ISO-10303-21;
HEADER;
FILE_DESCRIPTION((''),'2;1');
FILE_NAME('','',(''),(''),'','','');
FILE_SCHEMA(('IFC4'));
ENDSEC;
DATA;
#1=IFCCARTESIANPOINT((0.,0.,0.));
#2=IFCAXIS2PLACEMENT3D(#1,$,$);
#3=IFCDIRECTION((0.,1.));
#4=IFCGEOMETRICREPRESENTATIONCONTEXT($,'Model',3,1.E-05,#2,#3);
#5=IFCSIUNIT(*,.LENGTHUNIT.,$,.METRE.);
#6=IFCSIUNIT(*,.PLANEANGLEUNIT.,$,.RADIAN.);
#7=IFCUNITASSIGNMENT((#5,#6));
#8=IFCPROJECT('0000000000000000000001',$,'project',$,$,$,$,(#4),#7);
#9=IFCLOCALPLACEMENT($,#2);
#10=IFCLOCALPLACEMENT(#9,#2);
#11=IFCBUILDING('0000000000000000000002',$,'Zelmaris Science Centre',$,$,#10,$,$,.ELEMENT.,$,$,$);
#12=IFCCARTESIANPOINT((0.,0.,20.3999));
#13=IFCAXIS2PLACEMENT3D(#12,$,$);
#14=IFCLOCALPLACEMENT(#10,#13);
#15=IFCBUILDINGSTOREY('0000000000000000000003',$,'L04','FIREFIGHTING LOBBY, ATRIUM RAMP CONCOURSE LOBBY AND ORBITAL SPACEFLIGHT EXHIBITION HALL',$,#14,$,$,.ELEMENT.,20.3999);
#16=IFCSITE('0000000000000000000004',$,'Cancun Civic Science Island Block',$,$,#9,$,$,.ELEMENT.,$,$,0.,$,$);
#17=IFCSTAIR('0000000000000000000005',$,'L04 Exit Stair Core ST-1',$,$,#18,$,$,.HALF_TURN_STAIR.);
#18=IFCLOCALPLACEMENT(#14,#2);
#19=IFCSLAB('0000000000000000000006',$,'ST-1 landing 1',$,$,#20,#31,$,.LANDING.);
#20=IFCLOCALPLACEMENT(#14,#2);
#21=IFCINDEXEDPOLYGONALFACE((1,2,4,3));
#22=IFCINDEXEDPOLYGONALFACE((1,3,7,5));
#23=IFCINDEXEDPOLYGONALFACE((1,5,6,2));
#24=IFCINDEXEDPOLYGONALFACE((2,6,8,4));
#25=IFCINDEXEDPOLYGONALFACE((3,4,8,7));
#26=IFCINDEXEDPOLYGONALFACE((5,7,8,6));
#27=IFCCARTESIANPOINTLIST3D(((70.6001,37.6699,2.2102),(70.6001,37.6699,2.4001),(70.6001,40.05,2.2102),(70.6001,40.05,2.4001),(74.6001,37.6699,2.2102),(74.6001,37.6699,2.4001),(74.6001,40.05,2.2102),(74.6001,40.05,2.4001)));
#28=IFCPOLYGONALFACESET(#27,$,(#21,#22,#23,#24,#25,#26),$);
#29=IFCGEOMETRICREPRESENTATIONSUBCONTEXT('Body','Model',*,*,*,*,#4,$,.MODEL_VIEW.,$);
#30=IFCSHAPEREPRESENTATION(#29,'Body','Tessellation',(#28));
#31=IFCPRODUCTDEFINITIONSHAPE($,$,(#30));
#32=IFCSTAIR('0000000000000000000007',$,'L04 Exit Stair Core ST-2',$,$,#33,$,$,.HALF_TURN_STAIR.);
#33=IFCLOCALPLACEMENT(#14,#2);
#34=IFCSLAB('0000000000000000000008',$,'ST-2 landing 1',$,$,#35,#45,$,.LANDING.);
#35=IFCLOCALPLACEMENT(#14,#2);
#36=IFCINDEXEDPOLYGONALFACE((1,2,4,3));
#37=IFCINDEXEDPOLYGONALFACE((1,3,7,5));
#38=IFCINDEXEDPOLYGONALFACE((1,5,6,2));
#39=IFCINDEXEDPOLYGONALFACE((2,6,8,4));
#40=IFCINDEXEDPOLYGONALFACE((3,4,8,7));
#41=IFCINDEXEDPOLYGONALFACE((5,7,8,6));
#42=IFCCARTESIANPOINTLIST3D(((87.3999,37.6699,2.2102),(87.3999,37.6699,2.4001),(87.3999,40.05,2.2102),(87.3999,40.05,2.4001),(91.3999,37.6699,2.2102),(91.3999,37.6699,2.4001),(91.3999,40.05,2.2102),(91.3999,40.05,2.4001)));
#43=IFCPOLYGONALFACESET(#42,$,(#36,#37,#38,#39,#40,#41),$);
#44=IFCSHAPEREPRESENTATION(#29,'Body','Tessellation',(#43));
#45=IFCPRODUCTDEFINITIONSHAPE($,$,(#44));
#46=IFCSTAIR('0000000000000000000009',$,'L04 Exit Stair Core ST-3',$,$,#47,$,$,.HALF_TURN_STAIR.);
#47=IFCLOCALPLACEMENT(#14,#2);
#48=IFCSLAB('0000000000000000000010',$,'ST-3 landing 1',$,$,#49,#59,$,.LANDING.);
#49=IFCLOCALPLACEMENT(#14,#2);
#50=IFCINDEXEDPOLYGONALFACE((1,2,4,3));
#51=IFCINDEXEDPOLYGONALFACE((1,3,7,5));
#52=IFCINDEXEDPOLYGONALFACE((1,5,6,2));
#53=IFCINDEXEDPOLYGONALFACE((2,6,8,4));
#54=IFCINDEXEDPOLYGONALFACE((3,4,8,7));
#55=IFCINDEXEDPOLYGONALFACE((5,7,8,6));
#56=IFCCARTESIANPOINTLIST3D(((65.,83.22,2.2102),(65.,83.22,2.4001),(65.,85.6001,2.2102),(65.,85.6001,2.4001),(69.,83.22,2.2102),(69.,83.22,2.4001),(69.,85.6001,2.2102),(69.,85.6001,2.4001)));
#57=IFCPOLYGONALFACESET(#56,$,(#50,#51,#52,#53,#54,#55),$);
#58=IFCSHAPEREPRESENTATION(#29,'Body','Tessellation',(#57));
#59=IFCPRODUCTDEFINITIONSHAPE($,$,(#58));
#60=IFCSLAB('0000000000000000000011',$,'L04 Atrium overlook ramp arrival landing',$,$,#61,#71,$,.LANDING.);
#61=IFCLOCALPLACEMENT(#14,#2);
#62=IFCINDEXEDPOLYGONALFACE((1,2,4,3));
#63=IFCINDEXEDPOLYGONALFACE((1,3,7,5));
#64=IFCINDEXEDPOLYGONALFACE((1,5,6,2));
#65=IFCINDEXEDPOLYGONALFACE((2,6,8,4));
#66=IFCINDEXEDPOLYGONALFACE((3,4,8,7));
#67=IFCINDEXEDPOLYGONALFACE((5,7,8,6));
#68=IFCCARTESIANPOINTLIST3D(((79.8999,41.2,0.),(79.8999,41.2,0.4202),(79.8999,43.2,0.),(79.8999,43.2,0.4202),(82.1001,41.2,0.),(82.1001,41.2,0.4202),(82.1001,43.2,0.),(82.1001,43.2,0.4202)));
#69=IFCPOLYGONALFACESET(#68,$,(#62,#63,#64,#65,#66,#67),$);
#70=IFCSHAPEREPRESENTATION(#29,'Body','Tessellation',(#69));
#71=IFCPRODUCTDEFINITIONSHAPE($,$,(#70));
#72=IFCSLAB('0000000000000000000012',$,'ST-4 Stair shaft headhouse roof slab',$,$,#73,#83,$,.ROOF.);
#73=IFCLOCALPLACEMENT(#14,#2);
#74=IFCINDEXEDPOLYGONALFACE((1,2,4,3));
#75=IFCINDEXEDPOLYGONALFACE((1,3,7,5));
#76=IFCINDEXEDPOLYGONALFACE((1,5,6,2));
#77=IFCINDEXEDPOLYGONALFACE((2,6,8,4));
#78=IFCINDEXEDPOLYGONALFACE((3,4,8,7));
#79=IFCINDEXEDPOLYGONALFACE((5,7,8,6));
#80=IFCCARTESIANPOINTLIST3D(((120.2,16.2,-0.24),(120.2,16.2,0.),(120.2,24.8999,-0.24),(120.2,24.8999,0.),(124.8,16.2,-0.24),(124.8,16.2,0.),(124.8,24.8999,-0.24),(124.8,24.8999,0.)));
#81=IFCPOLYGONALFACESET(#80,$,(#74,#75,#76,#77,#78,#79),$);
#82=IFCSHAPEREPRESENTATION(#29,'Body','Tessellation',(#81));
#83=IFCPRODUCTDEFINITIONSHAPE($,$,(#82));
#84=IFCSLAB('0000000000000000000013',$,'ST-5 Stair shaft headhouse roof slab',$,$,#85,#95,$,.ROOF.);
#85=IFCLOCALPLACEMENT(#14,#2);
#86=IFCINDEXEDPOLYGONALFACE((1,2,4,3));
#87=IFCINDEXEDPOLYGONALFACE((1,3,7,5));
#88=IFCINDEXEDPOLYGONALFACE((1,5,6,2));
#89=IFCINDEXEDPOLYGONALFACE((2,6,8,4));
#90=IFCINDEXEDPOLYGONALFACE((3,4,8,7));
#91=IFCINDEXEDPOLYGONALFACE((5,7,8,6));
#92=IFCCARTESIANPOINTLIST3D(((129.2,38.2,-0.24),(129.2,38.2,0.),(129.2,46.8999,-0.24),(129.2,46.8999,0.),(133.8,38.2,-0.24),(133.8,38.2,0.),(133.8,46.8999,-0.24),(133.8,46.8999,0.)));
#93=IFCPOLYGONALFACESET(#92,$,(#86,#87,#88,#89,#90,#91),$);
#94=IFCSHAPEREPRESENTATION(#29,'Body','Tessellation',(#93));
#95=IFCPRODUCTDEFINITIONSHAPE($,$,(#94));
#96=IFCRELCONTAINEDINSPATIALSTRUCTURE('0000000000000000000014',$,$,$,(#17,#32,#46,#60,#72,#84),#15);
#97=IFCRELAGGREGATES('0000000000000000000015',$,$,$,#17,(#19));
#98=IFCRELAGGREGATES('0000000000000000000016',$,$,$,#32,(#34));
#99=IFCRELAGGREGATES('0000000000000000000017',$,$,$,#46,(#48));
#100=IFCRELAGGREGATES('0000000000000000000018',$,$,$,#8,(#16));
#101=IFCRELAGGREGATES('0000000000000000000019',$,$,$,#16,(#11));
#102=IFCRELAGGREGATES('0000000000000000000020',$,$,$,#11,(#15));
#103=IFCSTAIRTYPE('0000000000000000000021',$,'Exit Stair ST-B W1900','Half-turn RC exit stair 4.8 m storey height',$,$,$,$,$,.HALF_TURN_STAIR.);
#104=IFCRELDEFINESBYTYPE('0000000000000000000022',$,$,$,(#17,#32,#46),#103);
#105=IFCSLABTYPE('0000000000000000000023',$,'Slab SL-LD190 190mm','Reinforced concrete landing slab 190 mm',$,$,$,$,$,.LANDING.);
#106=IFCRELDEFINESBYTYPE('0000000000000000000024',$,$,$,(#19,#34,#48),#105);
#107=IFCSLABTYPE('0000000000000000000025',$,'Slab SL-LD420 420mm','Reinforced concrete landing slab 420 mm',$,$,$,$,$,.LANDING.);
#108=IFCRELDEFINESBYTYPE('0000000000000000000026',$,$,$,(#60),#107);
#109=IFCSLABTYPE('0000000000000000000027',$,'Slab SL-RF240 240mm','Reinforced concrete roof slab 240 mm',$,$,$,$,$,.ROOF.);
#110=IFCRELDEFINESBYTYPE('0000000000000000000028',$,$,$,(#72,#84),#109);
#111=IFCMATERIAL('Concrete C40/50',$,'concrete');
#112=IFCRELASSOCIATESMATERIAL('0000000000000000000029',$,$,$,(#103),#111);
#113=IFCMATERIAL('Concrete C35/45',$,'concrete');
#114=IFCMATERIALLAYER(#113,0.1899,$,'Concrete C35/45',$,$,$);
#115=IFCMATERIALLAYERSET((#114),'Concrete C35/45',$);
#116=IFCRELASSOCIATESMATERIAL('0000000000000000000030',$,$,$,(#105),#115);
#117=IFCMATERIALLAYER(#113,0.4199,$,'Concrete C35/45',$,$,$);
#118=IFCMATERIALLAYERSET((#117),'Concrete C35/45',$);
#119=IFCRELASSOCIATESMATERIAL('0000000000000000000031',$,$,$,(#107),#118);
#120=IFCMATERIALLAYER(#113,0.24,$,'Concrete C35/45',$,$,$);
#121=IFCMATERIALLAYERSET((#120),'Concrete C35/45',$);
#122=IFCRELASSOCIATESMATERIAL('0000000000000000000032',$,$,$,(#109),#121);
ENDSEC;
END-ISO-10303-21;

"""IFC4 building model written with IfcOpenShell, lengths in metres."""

from ifc_helpers import new_model, si_unit, direction, frame, origin, place, context, subcontext, project, spatial, polyline, outline, extrude, material, layer, layer_set, type_object, element, aggregate, save


model = new_model("IFC4")

# Units and contexts
model_context = context("Model", 3, precision=1e-05, world=origin(), true_north=direction((0.0, 1.0)))
body_context = subcontext(model_context, "Body", "Model", "MODEL_VIEW")
ifc_project = project(units=[si_unit("LENGTHUNIT", "METRE"), si_unit("PLANEANGLEUNIT", "RADIAN")], contexts=[model_context])

# Site, building, storey
site_placement = place(None, origin())
site = spatial("IfcSite", under=ifc_project, at=site_placement, Name="Cancun Civic Science Island Block", CompositionType="ELEMENT", RefElevation=0.0)
building_placement = place(site_placement, origin())
building = spatial("IfcBuilding", under=site, at=building_placement, Name="Zelmaris Science Centre", CompositionType="ELEMENT")
storey_placement = place(building_placement, frame((0.0, 0.0, 20.3999)))
storey = spatial("IfcBuildingStorey", under=building, at=storey_placement, Name="L04", Description="FIREFIGHTING LOBBY, ATRIUM RAMP CONCOURSE LOBBY AND ORBITAL SPACEFLIGHT EXHIBITION HALL", CompositionType="ELEMENT", Elevation=20.3999)

# Stairs, slabs
ifc_material_1 = material(Name="Concrete C40/50", Category="concrete")
stair_type = type_object("IfcStairType", Name="Exit Stair ST-B W1900", Description="Half-turn RC exit stair 4.8 m storey height", PredefinedType="HALF_TURN_STAIR", material=ifc_material_1)
stair_1_placement = place(storey_placement, origin())
stair_1 = element("IfcStair", 1, at=stair_1_placement, inside=storey, type_object=stair_type, Name="L04 Exit Stair Core ST-1", PredefinedType="HALF_TURN_STAIR")
ifc_material_2 = material(Name="Concrete C35/45", Category="concrete")
ifc_layer_1 = layer(ifc_material_2, 0.1899, Name="Concrete C35/45")
ifc_layer_set_1 = layer_set([ifc_layer_1], Name="Concrete C35/45")
slab_type_1 = type_object("IfcSlabType", Name="Slab SL-LD190 190mm", Description="Reinforced concrete landing slab 190 mm", PredefinedType="LANDING", material=ifc_layer_set_1)
slab_1_placement = place(storey_placement, frame((0.0, 0.0, 2.2102)))
slab_1 = element("IfcSlab", 2, at=slab_1_placement, type_object=slab_type_1, Name="ST-1 landing 1", PredefinedType="LANDING", context=body_context, shape_type="SweptSolid", body=[
    extrude(outline(polyline([(74.6001, 37.6699), (74.6001, 40.05), (70.6001, 40.05), (70.6001, 37.6699), (74.6001, 37.6699)])), origin(), (0.0, 0.0, 1.0), 0.1899),
])
aggregate(stair_1, [slab_1])
stair_2_placement = place(storey_placement, origin())
stair_2 = element("IfcStair", 3, at=stair_2_placement, inside=storey, type_object=stair_type, Name="L04 Exit Stair Core ST-2", PredefinedType="HALF_TURN_STAIR")
slab_2_placement = place(storey_placement, frame((0.0, 0.0, 2.2102)))
slab_2 = element("IfcSlab", 4, at=slab_2_placement, type_object=slab_type_1, Name="ST-2 landing 1", PredefinedType="LANDING", context=body_context, shape_type="SweptSolid", body=[
    extrude(outline(polyline([(91.3999, 37.6699), (91.3999, 40.05), (87.3999, 40.05), (87.3999, 37.6699), (91.3999, 37.6699)])), origin(), (0.0, 0.0, 1.0), 0.1899),
])
aggregate(stair_2, [slab_2])
stair_3_placement = place(storey_placement, origin())
stair_3 = element("IfcStair", 5, at=stair_3_placement, inside=storey, type_object=stair_type, Name="L04 Exit Stair Core ST-3", PredefinedType="HALF_TURN_STAIR")
slab_3_placement = place(storey_placement, frame((0.0, 0.0, 2.2102)))
slab_3 = element("IfcSlab", 6, at=slab_3_placement, type_object=slab_type_1, Name="ST-3 landing 1", PredefinedType="LANDING", context=body_context, shape_type="SweptSolid", body=[
    extrude(outline(polyline([(69.0, 83.22), (69.0, 85.6001), (65.0, 85.6001), (65.0, 83.22), (69.0, 83.22)])), origin(), (0.0, 0.0, 1.0), 0.1899),
])
aggregate(stair_3, [slab_3])

# Slabs
ifc_layer_2 = layer(ifc_material_2, 0.4199, Name="Concrete C35/45")
ifc_layer_set_2 = layer_set([ifc_layer_2], Name="Concrete C35/45")
slab_type_2 = type_object("IfcSlabType", Name="Slab SL-LD420 420mm", Description="Reinforced concrete landing slab 420 mm", PredefinedType="LANDING", material=ifc_layer_set_2)
slab_4_placement = place(storey_placement, origin())
element("IfcSlab", 7, at=slab_4_placement, inside=storey, type_object=slab_type_2, Name="L04 Atrium overlook ramp arrival landing", PredefinedType="LANDING", context=body_context, shape_type="SweptSolid", body=[
    extrude(outline(polyline([(79.8999, 41.2), (82.1001, 41.2), (82.1001, 43.2), (79.8999, 43.2), (79.8999, 41.2)])), origin(), (0.0, 0.0, 1.0), 0.4202),
])
ifc_layer_3 = layer(ifc_material_2, 0.24, Name="Concrete C35/45")
ifc_layer_set_3 = layer_set([ifc_layer_3], Name="Concrete C35/45")
slab_type_3 = type_object("IfcSlabType", Name="Slab SL-RF240 240mm", Description="Reinforced concrete roof slab 240 mm", PredefinedType="ROOF", material=ifc_layer_set_3)
slab_5_placement = place(storey_placement, frame((0.0, 0.0, -0.24)))
element("IfcSlab", 8, at=slab_5_placement, inside=storey, type_object=slab_type_3, Name="ST-4 Stair shaft headhouse roof slab", PredefinedType="ROOF", context=body_context, shape_type="SweptSolid", body=[
    extrude(outline(polyline([(124.8, 16.2), (124.8, 24.8999), (120.2, 24.8999), (120.2, 16.2), (124.8, 16.2)])), origin(), (0.0, 0.0, 1.0), 0.24),
])
slab_6_placement = place(storey_placement, frame((0.0, 0.0, -0.24)))
element("IfcSlab", 9, at=slab_6_placement, inside=storey, type_object=slab_type_3, Name="ST-5 Stair shaft headhouse roof slab", PredefinedType="ROOF", context=body_context, shape_type="SweptSolid", body=[
    extrude(outline(polyline([(129.2, 38.2), (129.2, 46.8999), (133.8, 46.8999), (133.8, 38.2), (129.2, 38.2)])), origin(), (0.0, 0.0, 1.0), 0.24),
])

save(model, "model.ifc")
